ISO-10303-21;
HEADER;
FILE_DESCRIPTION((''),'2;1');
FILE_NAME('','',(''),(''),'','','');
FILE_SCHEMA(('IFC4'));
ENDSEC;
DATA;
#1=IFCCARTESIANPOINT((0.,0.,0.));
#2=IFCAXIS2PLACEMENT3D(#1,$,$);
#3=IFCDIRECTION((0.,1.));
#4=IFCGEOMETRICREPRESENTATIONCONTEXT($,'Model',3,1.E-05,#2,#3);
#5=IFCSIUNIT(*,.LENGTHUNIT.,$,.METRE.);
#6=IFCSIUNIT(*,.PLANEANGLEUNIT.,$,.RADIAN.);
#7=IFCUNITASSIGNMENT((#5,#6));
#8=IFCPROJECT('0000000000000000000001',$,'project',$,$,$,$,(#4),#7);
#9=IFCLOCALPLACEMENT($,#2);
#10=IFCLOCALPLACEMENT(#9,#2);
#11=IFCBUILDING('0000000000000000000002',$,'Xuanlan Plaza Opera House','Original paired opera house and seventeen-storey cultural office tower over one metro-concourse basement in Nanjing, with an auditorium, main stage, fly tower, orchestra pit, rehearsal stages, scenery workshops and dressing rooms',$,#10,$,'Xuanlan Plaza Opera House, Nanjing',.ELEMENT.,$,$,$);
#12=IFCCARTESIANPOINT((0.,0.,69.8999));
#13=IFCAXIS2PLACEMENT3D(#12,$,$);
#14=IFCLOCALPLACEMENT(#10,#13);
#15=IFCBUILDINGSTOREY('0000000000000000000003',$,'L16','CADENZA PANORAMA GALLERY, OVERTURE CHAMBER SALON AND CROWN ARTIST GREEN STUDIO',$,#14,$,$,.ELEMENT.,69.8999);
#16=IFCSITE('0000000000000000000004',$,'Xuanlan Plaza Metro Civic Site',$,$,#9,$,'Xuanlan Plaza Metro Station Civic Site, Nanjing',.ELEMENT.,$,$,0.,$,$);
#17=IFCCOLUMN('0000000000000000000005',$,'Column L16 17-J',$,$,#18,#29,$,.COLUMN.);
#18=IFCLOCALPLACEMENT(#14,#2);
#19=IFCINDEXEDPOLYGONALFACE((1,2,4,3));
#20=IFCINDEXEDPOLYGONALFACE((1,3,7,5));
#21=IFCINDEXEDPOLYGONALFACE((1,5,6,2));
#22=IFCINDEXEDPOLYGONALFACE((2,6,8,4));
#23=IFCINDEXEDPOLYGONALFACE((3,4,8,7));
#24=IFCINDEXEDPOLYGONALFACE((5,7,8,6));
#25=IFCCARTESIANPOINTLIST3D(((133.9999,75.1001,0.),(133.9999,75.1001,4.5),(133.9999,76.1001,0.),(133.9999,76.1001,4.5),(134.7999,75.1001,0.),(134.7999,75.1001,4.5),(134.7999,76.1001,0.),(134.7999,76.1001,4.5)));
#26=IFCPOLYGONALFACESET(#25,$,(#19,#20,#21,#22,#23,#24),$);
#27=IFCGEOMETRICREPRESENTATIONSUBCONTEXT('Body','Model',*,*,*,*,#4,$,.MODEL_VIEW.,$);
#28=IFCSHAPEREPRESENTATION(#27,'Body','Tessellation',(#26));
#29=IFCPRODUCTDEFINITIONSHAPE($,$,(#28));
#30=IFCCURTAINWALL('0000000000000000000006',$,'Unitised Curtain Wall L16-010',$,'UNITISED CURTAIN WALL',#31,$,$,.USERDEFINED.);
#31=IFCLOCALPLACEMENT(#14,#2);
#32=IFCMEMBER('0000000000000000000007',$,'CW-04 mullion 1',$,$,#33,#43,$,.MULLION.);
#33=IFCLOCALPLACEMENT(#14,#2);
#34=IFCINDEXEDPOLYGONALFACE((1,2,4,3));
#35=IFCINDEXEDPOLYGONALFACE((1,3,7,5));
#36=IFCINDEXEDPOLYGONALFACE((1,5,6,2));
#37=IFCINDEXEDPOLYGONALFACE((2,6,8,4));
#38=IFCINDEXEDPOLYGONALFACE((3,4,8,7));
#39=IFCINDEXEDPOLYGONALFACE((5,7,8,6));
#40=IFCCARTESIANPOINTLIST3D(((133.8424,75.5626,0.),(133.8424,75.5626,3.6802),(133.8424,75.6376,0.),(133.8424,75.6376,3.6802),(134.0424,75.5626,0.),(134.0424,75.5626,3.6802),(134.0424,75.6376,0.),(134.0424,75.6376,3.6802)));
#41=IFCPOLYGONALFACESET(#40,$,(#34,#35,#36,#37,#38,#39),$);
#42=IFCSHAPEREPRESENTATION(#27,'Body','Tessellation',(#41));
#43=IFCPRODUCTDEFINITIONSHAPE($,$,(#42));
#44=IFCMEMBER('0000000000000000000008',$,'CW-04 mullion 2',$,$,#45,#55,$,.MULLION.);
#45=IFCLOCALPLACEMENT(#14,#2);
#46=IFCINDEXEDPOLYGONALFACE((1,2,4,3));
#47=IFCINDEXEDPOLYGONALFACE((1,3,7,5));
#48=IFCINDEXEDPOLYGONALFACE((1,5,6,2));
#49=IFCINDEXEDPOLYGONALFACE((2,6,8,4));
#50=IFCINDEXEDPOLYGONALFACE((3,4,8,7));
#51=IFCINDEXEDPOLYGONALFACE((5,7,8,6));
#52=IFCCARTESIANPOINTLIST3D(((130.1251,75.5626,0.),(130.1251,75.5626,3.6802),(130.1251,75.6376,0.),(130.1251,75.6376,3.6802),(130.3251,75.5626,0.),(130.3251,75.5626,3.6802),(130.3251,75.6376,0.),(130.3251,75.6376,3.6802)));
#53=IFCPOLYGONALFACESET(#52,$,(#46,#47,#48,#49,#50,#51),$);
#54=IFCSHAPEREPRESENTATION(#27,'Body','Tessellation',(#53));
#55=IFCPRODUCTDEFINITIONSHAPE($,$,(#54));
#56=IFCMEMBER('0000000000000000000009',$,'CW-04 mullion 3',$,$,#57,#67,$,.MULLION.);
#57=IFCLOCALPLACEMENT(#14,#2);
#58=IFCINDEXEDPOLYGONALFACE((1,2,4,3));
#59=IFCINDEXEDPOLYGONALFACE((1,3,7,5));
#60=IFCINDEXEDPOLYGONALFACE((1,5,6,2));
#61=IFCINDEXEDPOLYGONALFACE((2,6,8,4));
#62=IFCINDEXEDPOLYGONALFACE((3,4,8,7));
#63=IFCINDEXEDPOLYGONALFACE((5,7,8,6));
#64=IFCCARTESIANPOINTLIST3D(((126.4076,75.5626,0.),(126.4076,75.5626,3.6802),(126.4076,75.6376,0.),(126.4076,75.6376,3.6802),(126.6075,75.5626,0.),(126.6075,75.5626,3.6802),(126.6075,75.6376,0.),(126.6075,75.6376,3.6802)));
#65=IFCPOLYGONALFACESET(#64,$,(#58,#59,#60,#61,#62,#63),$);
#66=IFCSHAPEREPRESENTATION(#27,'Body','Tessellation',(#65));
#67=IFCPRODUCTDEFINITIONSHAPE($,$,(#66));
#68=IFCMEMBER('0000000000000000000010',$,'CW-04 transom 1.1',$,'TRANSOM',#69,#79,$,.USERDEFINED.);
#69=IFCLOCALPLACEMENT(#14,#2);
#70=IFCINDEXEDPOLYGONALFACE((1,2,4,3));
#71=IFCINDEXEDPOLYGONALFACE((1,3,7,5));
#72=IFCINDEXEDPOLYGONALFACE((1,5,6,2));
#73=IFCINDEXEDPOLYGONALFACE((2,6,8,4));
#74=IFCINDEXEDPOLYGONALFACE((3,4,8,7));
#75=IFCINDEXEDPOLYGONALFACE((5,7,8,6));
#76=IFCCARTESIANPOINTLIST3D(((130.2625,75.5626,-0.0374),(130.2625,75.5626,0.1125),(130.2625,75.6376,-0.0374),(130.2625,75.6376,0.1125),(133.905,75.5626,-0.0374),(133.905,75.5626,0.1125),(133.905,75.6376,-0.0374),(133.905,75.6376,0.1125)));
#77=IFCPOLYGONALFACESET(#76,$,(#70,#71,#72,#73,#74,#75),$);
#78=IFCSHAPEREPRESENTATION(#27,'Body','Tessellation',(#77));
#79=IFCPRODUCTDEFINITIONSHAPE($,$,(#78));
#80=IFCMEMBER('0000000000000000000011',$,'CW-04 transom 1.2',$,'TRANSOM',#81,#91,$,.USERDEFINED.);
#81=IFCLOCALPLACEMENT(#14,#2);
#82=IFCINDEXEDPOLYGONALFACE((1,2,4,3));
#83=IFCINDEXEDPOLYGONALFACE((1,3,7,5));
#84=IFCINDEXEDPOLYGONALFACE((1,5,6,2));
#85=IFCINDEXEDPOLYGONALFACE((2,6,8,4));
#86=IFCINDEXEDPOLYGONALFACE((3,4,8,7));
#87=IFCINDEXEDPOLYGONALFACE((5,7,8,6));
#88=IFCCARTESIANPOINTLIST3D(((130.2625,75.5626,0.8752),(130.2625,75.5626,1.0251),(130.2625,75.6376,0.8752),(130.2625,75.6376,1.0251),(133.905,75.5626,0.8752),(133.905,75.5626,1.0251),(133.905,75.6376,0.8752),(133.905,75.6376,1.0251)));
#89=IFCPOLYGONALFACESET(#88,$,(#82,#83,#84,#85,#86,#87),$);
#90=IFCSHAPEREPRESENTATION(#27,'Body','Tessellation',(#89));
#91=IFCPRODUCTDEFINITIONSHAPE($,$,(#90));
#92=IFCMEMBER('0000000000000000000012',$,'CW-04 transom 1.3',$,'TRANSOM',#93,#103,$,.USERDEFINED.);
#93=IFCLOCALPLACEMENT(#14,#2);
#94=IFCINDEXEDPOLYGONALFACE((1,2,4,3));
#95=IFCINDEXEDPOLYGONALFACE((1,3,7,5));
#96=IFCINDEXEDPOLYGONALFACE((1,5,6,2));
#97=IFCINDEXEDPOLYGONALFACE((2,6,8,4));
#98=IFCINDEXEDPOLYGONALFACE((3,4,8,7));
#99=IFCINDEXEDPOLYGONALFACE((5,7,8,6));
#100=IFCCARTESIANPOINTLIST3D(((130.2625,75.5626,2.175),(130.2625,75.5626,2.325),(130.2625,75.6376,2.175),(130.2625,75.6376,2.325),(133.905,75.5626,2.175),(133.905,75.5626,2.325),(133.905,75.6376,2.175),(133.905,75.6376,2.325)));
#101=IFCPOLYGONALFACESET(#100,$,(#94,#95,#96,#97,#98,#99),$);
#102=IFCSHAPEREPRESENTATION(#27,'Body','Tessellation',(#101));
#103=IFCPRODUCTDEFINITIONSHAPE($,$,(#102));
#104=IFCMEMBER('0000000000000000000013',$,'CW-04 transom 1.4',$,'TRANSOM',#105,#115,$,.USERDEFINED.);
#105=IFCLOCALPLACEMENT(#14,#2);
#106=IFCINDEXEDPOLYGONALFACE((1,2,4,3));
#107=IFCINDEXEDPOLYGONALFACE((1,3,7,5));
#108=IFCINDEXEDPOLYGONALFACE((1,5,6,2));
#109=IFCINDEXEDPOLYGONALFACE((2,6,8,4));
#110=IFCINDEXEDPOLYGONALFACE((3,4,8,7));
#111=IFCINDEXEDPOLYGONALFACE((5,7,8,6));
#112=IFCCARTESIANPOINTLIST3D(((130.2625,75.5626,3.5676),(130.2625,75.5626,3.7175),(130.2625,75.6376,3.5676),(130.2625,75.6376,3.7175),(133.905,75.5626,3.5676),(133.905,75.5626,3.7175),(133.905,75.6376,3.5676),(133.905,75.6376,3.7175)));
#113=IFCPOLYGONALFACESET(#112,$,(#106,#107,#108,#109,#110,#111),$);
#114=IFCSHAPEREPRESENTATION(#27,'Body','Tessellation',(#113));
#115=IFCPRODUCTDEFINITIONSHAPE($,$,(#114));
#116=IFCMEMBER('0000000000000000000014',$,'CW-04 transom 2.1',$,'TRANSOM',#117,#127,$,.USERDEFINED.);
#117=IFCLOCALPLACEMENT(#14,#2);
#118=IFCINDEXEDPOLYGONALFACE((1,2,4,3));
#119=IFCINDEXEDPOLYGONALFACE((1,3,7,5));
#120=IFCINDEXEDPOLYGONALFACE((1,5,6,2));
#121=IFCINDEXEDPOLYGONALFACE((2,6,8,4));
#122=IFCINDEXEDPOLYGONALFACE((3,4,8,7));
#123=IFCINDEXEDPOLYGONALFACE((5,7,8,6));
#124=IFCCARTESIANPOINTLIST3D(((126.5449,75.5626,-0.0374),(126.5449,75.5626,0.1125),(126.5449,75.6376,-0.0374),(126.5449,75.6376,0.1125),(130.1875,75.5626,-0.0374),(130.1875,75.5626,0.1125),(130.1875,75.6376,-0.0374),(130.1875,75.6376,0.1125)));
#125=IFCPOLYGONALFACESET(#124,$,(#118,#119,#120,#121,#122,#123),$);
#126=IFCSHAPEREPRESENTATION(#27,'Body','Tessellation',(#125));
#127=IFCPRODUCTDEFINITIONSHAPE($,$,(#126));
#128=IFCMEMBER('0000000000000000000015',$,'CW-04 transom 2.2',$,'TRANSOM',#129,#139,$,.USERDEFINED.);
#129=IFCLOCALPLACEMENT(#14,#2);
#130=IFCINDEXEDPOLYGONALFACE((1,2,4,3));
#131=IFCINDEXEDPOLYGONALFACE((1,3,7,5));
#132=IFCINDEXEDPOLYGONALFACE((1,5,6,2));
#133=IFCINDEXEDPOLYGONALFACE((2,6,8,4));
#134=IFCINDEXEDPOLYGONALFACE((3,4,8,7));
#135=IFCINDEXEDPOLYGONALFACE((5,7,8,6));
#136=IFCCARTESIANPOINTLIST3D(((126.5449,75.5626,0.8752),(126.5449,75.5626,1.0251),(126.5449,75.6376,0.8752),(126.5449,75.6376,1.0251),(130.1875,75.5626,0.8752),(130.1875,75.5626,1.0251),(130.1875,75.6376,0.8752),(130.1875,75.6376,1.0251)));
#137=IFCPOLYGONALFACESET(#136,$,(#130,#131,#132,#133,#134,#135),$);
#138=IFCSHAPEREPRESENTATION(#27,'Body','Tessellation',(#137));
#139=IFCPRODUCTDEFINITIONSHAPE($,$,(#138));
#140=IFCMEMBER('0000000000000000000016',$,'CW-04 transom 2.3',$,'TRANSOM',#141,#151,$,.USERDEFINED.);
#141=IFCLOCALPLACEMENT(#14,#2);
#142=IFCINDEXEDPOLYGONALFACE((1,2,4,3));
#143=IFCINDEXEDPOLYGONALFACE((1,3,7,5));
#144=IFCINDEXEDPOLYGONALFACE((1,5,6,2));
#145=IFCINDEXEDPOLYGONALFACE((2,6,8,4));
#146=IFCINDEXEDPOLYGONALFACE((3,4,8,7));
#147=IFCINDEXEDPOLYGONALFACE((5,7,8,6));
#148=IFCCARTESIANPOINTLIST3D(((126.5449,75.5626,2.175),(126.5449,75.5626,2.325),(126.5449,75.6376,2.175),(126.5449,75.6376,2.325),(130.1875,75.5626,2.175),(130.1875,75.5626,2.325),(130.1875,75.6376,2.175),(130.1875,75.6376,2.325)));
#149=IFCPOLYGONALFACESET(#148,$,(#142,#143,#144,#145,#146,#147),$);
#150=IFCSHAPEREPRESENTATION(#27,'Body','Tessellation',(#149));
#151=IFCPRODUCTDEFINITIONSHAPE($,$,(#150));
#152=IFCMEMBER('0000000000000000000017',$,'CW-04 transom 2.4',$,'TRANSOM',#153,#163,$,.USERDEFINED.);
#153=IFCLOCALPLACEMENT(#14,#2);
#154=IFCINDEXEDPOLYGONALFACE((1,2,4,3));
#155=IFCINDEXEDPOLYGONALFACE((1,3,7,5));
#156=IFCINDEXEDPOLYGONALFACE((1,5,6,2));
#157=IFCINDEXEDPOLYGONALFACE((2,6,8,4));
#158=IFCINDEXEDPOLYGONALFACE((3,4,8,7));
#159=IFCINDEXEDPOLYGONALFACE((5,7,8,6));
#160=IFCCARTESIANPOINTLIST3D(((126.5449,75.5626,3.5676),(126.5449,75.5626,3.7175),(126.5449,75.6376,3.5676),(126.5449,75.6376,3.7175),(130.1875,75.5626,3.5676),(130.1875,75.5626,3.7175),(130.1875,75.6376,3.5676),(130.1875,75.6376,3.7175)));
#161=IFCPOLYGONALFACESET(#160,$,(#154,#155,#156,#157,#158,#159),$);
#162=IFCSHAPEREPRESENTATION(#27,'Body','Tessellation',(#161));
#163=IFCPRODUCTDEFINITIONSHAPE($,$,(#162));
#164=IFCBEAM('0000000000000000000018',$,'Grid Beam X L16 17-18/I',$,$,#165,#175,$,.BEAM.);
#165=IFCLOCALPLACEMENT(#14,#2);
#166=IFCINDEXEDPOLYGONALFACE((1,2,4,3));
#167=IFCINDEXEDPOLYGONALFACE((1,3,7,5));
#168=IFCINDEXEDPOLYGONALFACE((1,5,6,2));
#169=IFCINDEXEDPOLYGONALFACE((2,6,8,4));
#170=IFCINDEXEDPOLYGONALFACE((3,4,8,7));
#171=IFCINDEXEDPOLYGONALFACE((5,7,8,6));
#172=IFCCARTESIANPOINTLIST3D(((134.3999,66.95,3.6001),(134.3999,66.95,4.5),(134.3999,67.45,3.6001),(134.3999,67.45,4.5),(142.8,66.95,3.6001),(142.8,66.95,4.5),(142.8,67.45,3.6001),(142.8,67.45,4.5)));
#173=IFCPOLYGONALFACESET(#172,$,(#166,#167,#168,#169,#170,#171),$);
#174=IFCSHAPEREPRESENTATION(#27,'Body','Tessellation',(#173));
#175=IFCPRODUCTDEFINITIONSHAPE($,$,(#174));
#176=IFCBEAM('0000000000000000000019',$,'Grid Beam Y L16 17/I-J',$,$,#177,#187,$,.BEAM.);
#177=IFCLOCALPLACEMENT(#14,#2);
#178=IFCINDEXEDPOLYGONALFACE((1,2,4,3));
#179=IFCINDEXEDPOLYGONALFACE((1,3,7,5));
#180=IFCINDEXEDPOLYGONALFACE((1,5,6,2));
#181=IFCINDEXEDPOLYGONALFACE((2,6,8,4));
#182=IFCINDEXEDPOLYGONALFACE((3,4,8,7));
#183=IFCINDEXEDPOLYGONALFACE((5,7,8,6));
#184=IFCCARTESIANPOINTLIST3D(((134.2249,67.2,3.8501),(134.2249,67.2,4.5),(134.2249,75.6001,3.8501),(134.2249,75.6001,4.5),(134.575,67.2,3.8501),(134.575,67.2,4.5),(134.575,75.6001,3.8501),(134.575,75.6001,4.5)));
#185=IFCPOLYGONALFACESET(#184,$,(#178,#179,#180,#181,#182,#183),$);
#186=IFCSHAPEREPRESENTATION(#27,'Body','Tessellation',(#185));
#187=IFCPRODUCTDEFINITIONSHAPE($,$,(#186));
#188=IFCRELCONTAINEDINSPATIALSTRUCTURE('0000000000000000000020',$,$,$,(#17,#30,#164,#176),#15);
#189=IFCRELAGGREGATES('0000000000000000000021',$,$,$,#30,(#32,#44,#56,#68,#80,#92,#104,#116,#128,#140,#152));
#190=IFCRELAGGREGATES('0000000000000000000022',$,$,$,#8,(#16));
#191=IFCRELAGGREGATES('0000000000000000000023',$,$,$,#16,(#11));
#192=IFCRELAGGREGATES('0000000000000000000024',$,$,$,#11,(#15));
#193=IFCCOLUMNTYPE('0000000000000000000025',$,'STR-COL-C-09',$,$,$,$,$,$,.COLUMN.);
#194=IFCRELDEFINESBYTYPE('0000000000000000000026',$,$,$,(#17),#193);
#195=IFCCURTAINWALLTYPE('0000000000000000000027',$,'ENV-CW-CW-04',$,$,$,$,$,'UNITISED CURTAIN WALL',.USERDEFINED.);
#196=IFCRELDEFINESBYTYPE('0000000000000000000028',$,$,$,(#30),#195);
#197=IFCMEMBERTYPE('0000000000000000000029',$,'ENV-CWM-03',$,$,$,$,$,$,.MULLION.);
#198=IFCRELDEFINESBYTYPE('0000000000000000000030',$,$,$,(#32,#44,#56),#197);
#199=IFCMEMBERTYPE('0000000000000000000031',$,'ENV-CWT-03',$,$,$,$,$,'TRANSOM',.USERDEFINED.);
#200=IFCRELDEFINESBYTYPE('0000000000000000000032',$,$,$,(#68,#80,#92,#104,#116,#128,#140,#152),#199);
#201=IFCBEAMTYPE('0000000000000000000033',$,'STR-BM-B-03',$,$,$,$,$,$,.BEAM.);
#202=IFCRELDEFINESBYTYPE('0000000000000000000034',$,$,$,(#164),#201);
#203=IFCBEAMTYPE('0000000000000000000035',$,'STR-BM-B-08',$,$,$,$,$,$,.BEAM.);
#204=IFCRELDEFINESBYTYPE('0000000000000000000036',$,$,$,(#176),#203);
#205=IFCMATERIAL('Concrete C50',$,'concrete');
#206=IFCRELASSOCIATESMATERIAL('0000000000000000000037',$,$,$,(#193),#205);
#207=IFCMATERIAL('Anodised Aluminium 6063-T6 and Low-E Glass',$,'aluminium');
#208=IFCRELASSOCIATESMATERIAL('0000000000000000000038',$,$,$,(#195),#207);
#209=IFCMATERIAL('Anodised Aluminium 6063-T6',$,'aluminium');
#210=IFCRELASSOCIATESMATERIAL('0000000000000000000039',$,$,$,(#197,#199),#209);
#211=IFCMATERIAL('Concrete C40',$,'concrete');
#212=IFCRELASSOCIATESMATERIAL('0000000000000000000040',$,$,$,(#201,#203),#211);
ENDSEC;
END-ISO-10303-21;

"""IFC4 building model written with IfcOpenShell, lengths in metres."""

from ifc_helpers import new_model, si_unit, direction, frame, origin, origin_2d, place, context, subcontext, project, spatial, rectangle, extrude, material, material_profile, profile_set, type_object, element, aggregate, save


model = new_model("IFC4")

# Units and contexts
model_context = context("Model", 3, precision=1e-05, world=origin(), true_north=direction((0.0, 1.0)))
body_context = subcontext(model_context, "Body", "Model", "MODEL_VIEW")
ifc_project = project(units=[si_unit("LENGTHUNIT", "METRE"), si_unit("PLANEANGLEUNIT", "RADIAN")], contexts=[model_context])

# Site, building, storey
site_placement = place(None, origin())
site = spatial("IfcSite", under=ifc_project, at=site_placement, Name="Xuanlan Plaza Metro Civic Site", LongName="Xuanlan Plaza Metro Station Civic Site, Nanjing", CompositionType="ELEMENT", RefElevation=0.0)
building_placement = place(site_placement, origin())
building = spatial("IfcBuilding", under=site, at=building_placement, Name="Xuanlan Plaza Opera House", Description="Original paired opera house and seventeen-storey cultural office tower over one metro-concourse basement in Nanjing, with an auditorium, main stage, fly tower, orchestra pit, rehearsal stages, scenery workshops and dressing rooms", LongName="Xuanlan Plaza Opera House, Nanjing", CompositionType="ELEMENT")
storey_placement = place(building_placement, frame((0.0, 0.0, 69.8999)))
storey = spatial("IfcBuildingStorey", under=building, at=storey_placement, Name="L16", Description="CADENZA PANORAMA GALLERY, OVERTURE CHAMBER SALON AND CROWN ARTIST GREEN STUDIO", CompositionType="ELEMENT", Elevation=69.8999)

# Column
ifc_material_1 = material(Name="Concrete C50", Category="concrete")
ifc_material_profile_1 = material_profile(ifc_material_1, rectangle(XDim=0.8, YDim=1.0, at=origin_2d()), Name="RC-COL 800x1000")
ifc_profile_set_1 = profile_set([ifc_material_profile_1], Name="Concrete C50")
column_type = type_object("IfcColumnType", Name="STR-COL-C-09", PredefinedType="COLUMN", material=ifc_profile_set_1)
column_placement = place(storey_placement, frame((134.3999, 75.6001, 0.0), z_axis=(0.0, 0.0, 1.0), x_axis=(1.0, 0.0, 0.0)))
element("IfcColumn", 1, at=column_placement, inside=storey, type_object=column_type, Name="Column L16 17-J", PredefinedType="COLUMN", context=body_context, shape_type="SweptSolid", body=[
    extrude(rectangle(XDim=0.8, YDim=1.0, at=origin_2d()), origin(), (0.0, 0.0, 1.0), 4.5),
])

# Curtain wall, members
ifc_material_2 = material(Name="Anodised Aluminium 6063-T6 and Low-E Glass", Category="aluminium")
curtain_wall_type = type_object("IfcCurtainWallType", Name="ENV-CW-CW-04", ElementType="UNITISED CURTAIN WALL", PredefinedType="USERDEFINED", material=ifc_material_2)
curtain_wall_placement = place(storey_placement, origin())
curtain_wall = element("IfcCurtainWall", 2, at=curtain_wall_placement, inside=storey, type_object=curtain_wall_type, Name="Unitised Curtain Wall L16-010", ObjectType="UNITISED CURTAIN WALL", PredefinedType="USERDEFINED")
ifc_material_3 = material(Name="Anodised Aluminium 6063-T6", Category="aluminium")
ifc_material_profile_2 = material_profile(ifc_material_3, rectangle(XDim=0.075, YDim=0.2, at=origin_2d()), Name="ALU-M 75x200")
ifc_profile_set_2 = profile_set([ifc_material_profile_2], Name="Anodised Aluminium 6063-T6")
member_type_1 = type_object("IfcMemberType", Name="ENV-CWM-03", PredefinedType="MULLION", material=ifc_profile_set_2)
member_1_placement = place(storey_placement, frame((133.9424, 75.6001, 0.0), z_axis=(0.0, 0.0, 1.0), x_axis=(0.0, -1.0, 0.0)))
member_1 = element("IfcMember", 3, at=member_1_placement, type_object=member_type_1, Name="CW-04 mullion 1", PredefinedType="MULLION", context=body_context, shape_type="SweptSolid", body=[
    extrude(rectangle(XDim=0.075, YDim=0.2, at=origin_2d()), origin(), (0.0, 0.0, 1.0), 3.6802),
])
member_2_placement = place(storey_placement, frame((130.2251, 75.6001, 0.0), z_axis=(0.0, 0.0, 1.0), x_axis=(0.0, -1.0, 0.0)))
member_2 = element("IfcMember", 4, at=member_2_placement, type_object=member_type_1, Name="CW-04 mullion 2", PredefinedType="MULLION", context=body_context, shape_type="SweptSolid", body=[
    extrude(rectangle(XDim=0.075, YDim=0.2, at=origin_2d()), origin(), (0.0, 0.0, 1.0), 3.6802),
])
member_3_placement = place(storey_placement, frame((126.5076, 75.6001, 0.0), z_axis=(0.0, 0.0, 1.0), x_axis=(0.0, -1.0, 0.0)))
member_3 = element("IfcMember", 5, at=member_3_placement, type_object=member_type_1, Name="CW-04 mullion 3", PredefinedType="MULLION", context=body_context, shape_type="SweptSolid", body=[
    extrude(rectangle(XDim=0.075, YDim=0.2, at=origin_2d()), origin(), (0.0, 0.0, 1.0), 3.6802),
])
ifc_material_profile_3 = material_profile(ifc_material_3, rectangle(XDim=0.075, YDim=0.1499, at=origin_2d()), Name="ALU-T 75x150")
ifc_profile_set_3 = profile_set([ifc_material_profile_3], Name="Anodised Aluminium 6063-T6")
member_type_2 = type_object("IfcMemberType", Name="ENV-CWT-03", ElementType="TRANSOM", PredefinedType="USERDEFINED", material=ifc_profile_set_3)
member_4_placement = place(storey_placement, frame((133.905, 75.6001, 0.0376), z_axis=(-1.0, 0.0, 0.0), x_axis=(0.0, -1.0, 0.0)))
member_4 = element("IfcMember", 6, at=member_4_placement, type_object=member_type_2, Name="CW-04 transom 1.1", ObjectType="TRANSOM", PredefinedType="USERDEFINED", context=body_context, shape_type="SweptSolid", body=[
    extrude(rectangle(XDim=0.075, YDim=0.1499, at=origin_2d()), origin(), (0.0, 0.0, 1.0), 3.6426),
])
member_5_placement = place(storey_placement, frame((133.905, 75.6001, 0.9502), z_axis=(-1.0, 0.0, 0.0), x_axis=(0.0, -1.0, 0.0)))
member_5 = element("IfcMember", 7, at=member_5_placement, type_object=member_type_2, Name="CW-04 transom 1.2", ObjectType="TRANSOM", PredefinedType="USERDEFINED", context=body_context, shape_type="SweptSolid", body=[
    extrude(rectangle(XDim=0.075, YDim=0.1499, at=origin_2d()), origin(), (0.0, 0.0, 1.0), 3.6426),
])
member_6_placement = place(storey_placement, frame((133.905, 75.6001, 2.25), z_axis=(-1.0, 0.0, 0.0), x_axis=(0.0, -1.0, 0.0)))
member_6 = element("IfcMember", 8, at=member_6_placement, type_object=member_type_2, Name="CW-04 transom 1.3", ObjectType="TRANSOM", PredefinedType="USERDEFINED", context=body_context, shape_type="SweptSolid", body=[
    extrude(rectangle(XDim=0.075, YDim=0.1499, at=origin_2d()), origin(), (0.0, 0.0, 1.0), 3.6426),
])
member_7_placement = place(storey_placement, frame((133.905, 75.6001, 3.6426), z_axis=(-1.0, 0.0, 0.0), x_axis=(0.0, -1.0, 0.0)))
member_7 = element("IfcMember", 9, at=member_7_placement, type_object=member_type_2, Name="CW-04 transom 1.4", ObjectType="TRANSOM", PredefinedType="USERDEFINED", context=body_context, shape_type="SweptSolid", body=[
    extrude(rectangle(XDim=0.075, YDim=0.1499, at=origin_2d()), origin(), (0.0, 0.0, 1.0), 3.6426),
])
member_8_placement = place(storey_placement, frame((130.1875, 75.6001, 0.0376), z_axis=(-1.0, 0.0, 0.0), x_axis=(0.0, -1.0, 0.0)))
member_8 = element("IfcMember", 10, at=member_8_placement, type_object=member_type_2, Name="CW-04 transom 2.1", ObjectType="TRANSOM", PredefinedType="USERDEFINED", context=body_context, shape_type="SweptSolid", body=[
    extrude(rectangle(XDim=0.075, YDim=0.1499, at=origin_2d()), origin(), (0.0, 0.0, 1.0), 3.6426),
])
member_9_placement = place(storey_placement, frame((130.1875, 75.6001, 0.9502), z_axis=(-1.0, 0.0, 0.0), x_axis=(0.0, -1.0, 0.0)))
member_9 = element("IfcMember", 11, at=member_9_placement, type_object=member_type_2, Name="CW-04 transom 2.2", ObjectType="TRANSOM", PredefinedType="USERDEFINED", context=body_context, shape_type="SweptSolid", body=[
    extrude(rectangle(XDim=0.075, YDim=0.1499, at=origin_2d()), origin(), (0.0, 0.0, 1.0), 3.6426),
])
member_10_placement = place(storey_placement, frame((130.1875, 75.6001, 2.25), z_axis=(-1.0, 0.0, 0.0), x_axis=(0.0, -1.0, 0.0)))
member_10 = element("IfcMember", 12, at=member_10_placement, type_object=member_type_2, Name="CW-04 transom 2.3", ObjectType="TRANSOM", PredefinedType="USERDEFINED", context=body_context, shape_type="SweptSolid", body=[
    extrude(rectangle(XDim=0.075, YDim=0.1499, at=origin_2d()), origin(), (0.0, 0.0, 1.0), 3.6426),
])
member_11_placement = place(storey_placement, frame((130.1875, 75.6001, 3.6426), z_axis=(-1.0, 0.0, 0.0), x_axis=(0.0, -1.0, 0.0)))
member_11 = element("IfcMember", 13, at=member_11_placement, type_object=member_type_2, Name="CW-04 transom 2.4", ObjectType="TRANSOM", PredefinedType="USERDEFINED", context=body_context, shape_type="SweptSolid", body=[
    extrude(rectangle(XDim=0.075, YDim=0.1499, at=origin_2d()), origin(), (0.0, 0.0, 1.0), 3.6426),
])

# Beams
ifc_material_4 = material(Name="Concrete C40", Category="concrete")
ifc_material_profile_4 = material_profile(ifc_material_4, rectangle(XDim=0.5, YDim=0.8999, at=origin_2d()), Name="RC-BM 500x900")
ifc_profile_set_4 = profile_set([ifc_material_profile_4], Name="Concrete C40")
beam_type_1 = type_object("IfcBeamType", Name="STR-BM-B-03", PredefinedType="BEAM", material=ifc_profile_set_4)
beam_1_placement = place(storey_placement, frame((134.3999, 67.2, 4.05), z_axis=(1.0, 0.0, 0.0), x_axis=(0.0, 1.0, 0.0)))
element("IfcBeam", 14, at=beam_1_placement, inside=storey, type_object=beam_type_1, Name="Grid Beam X L16 17-18/I", PredefinedType="BEAM", context=body_context, shape_type="SweptSolid", body=[
    extrude(rectangle(XDim=0.5, YDim=0.8999, at=origin_2d()), origin(), (0.0, 0.0, 1.0), 8.4001),
])
ifc_material_profile_5 = material_profile(ifc_material_4, rectangle(XDim=0.3501, YDim=0.6499, at=origin_2d()), Name="RC-BM 350x650")
ifc_profile_set_5 = profile_set([ifc_material_profile_5], Name="Concrete C40")
beam_type_2 = type_object("IfcBeamType", Name="STR-BM-B-08", PredefinedType="BEAM", material=ifc_profile_set_5)
beam_2_placement = place(storey_placement, frame((134.3999, 67.2, 4.175), z_axis=(0.0, 1.0, 0.0), x_axis=(-1.0, 0.0, 0.0)))
element("IfcBeam", 15, at=beam_2_placement, inside=storey, type_object=beam_type_2, Name="Grid Beam Y L16 17/I-J", PredefinedType="BEAM", context=body_context, shape_type="SweptSolid", body=[
    extrude(rectangle(XDim=0.3501, YDim=0.6499, at=origin_2d()), origin(), (0.0, 0.0, 1.0), 8.4001),
])

aggregate(curtain_wall, [member_1, member_2, member_3, member_4, member_5, member_6, member_7, member_8, member_9, member_10, member_11])

save(model, "model.ifc")
